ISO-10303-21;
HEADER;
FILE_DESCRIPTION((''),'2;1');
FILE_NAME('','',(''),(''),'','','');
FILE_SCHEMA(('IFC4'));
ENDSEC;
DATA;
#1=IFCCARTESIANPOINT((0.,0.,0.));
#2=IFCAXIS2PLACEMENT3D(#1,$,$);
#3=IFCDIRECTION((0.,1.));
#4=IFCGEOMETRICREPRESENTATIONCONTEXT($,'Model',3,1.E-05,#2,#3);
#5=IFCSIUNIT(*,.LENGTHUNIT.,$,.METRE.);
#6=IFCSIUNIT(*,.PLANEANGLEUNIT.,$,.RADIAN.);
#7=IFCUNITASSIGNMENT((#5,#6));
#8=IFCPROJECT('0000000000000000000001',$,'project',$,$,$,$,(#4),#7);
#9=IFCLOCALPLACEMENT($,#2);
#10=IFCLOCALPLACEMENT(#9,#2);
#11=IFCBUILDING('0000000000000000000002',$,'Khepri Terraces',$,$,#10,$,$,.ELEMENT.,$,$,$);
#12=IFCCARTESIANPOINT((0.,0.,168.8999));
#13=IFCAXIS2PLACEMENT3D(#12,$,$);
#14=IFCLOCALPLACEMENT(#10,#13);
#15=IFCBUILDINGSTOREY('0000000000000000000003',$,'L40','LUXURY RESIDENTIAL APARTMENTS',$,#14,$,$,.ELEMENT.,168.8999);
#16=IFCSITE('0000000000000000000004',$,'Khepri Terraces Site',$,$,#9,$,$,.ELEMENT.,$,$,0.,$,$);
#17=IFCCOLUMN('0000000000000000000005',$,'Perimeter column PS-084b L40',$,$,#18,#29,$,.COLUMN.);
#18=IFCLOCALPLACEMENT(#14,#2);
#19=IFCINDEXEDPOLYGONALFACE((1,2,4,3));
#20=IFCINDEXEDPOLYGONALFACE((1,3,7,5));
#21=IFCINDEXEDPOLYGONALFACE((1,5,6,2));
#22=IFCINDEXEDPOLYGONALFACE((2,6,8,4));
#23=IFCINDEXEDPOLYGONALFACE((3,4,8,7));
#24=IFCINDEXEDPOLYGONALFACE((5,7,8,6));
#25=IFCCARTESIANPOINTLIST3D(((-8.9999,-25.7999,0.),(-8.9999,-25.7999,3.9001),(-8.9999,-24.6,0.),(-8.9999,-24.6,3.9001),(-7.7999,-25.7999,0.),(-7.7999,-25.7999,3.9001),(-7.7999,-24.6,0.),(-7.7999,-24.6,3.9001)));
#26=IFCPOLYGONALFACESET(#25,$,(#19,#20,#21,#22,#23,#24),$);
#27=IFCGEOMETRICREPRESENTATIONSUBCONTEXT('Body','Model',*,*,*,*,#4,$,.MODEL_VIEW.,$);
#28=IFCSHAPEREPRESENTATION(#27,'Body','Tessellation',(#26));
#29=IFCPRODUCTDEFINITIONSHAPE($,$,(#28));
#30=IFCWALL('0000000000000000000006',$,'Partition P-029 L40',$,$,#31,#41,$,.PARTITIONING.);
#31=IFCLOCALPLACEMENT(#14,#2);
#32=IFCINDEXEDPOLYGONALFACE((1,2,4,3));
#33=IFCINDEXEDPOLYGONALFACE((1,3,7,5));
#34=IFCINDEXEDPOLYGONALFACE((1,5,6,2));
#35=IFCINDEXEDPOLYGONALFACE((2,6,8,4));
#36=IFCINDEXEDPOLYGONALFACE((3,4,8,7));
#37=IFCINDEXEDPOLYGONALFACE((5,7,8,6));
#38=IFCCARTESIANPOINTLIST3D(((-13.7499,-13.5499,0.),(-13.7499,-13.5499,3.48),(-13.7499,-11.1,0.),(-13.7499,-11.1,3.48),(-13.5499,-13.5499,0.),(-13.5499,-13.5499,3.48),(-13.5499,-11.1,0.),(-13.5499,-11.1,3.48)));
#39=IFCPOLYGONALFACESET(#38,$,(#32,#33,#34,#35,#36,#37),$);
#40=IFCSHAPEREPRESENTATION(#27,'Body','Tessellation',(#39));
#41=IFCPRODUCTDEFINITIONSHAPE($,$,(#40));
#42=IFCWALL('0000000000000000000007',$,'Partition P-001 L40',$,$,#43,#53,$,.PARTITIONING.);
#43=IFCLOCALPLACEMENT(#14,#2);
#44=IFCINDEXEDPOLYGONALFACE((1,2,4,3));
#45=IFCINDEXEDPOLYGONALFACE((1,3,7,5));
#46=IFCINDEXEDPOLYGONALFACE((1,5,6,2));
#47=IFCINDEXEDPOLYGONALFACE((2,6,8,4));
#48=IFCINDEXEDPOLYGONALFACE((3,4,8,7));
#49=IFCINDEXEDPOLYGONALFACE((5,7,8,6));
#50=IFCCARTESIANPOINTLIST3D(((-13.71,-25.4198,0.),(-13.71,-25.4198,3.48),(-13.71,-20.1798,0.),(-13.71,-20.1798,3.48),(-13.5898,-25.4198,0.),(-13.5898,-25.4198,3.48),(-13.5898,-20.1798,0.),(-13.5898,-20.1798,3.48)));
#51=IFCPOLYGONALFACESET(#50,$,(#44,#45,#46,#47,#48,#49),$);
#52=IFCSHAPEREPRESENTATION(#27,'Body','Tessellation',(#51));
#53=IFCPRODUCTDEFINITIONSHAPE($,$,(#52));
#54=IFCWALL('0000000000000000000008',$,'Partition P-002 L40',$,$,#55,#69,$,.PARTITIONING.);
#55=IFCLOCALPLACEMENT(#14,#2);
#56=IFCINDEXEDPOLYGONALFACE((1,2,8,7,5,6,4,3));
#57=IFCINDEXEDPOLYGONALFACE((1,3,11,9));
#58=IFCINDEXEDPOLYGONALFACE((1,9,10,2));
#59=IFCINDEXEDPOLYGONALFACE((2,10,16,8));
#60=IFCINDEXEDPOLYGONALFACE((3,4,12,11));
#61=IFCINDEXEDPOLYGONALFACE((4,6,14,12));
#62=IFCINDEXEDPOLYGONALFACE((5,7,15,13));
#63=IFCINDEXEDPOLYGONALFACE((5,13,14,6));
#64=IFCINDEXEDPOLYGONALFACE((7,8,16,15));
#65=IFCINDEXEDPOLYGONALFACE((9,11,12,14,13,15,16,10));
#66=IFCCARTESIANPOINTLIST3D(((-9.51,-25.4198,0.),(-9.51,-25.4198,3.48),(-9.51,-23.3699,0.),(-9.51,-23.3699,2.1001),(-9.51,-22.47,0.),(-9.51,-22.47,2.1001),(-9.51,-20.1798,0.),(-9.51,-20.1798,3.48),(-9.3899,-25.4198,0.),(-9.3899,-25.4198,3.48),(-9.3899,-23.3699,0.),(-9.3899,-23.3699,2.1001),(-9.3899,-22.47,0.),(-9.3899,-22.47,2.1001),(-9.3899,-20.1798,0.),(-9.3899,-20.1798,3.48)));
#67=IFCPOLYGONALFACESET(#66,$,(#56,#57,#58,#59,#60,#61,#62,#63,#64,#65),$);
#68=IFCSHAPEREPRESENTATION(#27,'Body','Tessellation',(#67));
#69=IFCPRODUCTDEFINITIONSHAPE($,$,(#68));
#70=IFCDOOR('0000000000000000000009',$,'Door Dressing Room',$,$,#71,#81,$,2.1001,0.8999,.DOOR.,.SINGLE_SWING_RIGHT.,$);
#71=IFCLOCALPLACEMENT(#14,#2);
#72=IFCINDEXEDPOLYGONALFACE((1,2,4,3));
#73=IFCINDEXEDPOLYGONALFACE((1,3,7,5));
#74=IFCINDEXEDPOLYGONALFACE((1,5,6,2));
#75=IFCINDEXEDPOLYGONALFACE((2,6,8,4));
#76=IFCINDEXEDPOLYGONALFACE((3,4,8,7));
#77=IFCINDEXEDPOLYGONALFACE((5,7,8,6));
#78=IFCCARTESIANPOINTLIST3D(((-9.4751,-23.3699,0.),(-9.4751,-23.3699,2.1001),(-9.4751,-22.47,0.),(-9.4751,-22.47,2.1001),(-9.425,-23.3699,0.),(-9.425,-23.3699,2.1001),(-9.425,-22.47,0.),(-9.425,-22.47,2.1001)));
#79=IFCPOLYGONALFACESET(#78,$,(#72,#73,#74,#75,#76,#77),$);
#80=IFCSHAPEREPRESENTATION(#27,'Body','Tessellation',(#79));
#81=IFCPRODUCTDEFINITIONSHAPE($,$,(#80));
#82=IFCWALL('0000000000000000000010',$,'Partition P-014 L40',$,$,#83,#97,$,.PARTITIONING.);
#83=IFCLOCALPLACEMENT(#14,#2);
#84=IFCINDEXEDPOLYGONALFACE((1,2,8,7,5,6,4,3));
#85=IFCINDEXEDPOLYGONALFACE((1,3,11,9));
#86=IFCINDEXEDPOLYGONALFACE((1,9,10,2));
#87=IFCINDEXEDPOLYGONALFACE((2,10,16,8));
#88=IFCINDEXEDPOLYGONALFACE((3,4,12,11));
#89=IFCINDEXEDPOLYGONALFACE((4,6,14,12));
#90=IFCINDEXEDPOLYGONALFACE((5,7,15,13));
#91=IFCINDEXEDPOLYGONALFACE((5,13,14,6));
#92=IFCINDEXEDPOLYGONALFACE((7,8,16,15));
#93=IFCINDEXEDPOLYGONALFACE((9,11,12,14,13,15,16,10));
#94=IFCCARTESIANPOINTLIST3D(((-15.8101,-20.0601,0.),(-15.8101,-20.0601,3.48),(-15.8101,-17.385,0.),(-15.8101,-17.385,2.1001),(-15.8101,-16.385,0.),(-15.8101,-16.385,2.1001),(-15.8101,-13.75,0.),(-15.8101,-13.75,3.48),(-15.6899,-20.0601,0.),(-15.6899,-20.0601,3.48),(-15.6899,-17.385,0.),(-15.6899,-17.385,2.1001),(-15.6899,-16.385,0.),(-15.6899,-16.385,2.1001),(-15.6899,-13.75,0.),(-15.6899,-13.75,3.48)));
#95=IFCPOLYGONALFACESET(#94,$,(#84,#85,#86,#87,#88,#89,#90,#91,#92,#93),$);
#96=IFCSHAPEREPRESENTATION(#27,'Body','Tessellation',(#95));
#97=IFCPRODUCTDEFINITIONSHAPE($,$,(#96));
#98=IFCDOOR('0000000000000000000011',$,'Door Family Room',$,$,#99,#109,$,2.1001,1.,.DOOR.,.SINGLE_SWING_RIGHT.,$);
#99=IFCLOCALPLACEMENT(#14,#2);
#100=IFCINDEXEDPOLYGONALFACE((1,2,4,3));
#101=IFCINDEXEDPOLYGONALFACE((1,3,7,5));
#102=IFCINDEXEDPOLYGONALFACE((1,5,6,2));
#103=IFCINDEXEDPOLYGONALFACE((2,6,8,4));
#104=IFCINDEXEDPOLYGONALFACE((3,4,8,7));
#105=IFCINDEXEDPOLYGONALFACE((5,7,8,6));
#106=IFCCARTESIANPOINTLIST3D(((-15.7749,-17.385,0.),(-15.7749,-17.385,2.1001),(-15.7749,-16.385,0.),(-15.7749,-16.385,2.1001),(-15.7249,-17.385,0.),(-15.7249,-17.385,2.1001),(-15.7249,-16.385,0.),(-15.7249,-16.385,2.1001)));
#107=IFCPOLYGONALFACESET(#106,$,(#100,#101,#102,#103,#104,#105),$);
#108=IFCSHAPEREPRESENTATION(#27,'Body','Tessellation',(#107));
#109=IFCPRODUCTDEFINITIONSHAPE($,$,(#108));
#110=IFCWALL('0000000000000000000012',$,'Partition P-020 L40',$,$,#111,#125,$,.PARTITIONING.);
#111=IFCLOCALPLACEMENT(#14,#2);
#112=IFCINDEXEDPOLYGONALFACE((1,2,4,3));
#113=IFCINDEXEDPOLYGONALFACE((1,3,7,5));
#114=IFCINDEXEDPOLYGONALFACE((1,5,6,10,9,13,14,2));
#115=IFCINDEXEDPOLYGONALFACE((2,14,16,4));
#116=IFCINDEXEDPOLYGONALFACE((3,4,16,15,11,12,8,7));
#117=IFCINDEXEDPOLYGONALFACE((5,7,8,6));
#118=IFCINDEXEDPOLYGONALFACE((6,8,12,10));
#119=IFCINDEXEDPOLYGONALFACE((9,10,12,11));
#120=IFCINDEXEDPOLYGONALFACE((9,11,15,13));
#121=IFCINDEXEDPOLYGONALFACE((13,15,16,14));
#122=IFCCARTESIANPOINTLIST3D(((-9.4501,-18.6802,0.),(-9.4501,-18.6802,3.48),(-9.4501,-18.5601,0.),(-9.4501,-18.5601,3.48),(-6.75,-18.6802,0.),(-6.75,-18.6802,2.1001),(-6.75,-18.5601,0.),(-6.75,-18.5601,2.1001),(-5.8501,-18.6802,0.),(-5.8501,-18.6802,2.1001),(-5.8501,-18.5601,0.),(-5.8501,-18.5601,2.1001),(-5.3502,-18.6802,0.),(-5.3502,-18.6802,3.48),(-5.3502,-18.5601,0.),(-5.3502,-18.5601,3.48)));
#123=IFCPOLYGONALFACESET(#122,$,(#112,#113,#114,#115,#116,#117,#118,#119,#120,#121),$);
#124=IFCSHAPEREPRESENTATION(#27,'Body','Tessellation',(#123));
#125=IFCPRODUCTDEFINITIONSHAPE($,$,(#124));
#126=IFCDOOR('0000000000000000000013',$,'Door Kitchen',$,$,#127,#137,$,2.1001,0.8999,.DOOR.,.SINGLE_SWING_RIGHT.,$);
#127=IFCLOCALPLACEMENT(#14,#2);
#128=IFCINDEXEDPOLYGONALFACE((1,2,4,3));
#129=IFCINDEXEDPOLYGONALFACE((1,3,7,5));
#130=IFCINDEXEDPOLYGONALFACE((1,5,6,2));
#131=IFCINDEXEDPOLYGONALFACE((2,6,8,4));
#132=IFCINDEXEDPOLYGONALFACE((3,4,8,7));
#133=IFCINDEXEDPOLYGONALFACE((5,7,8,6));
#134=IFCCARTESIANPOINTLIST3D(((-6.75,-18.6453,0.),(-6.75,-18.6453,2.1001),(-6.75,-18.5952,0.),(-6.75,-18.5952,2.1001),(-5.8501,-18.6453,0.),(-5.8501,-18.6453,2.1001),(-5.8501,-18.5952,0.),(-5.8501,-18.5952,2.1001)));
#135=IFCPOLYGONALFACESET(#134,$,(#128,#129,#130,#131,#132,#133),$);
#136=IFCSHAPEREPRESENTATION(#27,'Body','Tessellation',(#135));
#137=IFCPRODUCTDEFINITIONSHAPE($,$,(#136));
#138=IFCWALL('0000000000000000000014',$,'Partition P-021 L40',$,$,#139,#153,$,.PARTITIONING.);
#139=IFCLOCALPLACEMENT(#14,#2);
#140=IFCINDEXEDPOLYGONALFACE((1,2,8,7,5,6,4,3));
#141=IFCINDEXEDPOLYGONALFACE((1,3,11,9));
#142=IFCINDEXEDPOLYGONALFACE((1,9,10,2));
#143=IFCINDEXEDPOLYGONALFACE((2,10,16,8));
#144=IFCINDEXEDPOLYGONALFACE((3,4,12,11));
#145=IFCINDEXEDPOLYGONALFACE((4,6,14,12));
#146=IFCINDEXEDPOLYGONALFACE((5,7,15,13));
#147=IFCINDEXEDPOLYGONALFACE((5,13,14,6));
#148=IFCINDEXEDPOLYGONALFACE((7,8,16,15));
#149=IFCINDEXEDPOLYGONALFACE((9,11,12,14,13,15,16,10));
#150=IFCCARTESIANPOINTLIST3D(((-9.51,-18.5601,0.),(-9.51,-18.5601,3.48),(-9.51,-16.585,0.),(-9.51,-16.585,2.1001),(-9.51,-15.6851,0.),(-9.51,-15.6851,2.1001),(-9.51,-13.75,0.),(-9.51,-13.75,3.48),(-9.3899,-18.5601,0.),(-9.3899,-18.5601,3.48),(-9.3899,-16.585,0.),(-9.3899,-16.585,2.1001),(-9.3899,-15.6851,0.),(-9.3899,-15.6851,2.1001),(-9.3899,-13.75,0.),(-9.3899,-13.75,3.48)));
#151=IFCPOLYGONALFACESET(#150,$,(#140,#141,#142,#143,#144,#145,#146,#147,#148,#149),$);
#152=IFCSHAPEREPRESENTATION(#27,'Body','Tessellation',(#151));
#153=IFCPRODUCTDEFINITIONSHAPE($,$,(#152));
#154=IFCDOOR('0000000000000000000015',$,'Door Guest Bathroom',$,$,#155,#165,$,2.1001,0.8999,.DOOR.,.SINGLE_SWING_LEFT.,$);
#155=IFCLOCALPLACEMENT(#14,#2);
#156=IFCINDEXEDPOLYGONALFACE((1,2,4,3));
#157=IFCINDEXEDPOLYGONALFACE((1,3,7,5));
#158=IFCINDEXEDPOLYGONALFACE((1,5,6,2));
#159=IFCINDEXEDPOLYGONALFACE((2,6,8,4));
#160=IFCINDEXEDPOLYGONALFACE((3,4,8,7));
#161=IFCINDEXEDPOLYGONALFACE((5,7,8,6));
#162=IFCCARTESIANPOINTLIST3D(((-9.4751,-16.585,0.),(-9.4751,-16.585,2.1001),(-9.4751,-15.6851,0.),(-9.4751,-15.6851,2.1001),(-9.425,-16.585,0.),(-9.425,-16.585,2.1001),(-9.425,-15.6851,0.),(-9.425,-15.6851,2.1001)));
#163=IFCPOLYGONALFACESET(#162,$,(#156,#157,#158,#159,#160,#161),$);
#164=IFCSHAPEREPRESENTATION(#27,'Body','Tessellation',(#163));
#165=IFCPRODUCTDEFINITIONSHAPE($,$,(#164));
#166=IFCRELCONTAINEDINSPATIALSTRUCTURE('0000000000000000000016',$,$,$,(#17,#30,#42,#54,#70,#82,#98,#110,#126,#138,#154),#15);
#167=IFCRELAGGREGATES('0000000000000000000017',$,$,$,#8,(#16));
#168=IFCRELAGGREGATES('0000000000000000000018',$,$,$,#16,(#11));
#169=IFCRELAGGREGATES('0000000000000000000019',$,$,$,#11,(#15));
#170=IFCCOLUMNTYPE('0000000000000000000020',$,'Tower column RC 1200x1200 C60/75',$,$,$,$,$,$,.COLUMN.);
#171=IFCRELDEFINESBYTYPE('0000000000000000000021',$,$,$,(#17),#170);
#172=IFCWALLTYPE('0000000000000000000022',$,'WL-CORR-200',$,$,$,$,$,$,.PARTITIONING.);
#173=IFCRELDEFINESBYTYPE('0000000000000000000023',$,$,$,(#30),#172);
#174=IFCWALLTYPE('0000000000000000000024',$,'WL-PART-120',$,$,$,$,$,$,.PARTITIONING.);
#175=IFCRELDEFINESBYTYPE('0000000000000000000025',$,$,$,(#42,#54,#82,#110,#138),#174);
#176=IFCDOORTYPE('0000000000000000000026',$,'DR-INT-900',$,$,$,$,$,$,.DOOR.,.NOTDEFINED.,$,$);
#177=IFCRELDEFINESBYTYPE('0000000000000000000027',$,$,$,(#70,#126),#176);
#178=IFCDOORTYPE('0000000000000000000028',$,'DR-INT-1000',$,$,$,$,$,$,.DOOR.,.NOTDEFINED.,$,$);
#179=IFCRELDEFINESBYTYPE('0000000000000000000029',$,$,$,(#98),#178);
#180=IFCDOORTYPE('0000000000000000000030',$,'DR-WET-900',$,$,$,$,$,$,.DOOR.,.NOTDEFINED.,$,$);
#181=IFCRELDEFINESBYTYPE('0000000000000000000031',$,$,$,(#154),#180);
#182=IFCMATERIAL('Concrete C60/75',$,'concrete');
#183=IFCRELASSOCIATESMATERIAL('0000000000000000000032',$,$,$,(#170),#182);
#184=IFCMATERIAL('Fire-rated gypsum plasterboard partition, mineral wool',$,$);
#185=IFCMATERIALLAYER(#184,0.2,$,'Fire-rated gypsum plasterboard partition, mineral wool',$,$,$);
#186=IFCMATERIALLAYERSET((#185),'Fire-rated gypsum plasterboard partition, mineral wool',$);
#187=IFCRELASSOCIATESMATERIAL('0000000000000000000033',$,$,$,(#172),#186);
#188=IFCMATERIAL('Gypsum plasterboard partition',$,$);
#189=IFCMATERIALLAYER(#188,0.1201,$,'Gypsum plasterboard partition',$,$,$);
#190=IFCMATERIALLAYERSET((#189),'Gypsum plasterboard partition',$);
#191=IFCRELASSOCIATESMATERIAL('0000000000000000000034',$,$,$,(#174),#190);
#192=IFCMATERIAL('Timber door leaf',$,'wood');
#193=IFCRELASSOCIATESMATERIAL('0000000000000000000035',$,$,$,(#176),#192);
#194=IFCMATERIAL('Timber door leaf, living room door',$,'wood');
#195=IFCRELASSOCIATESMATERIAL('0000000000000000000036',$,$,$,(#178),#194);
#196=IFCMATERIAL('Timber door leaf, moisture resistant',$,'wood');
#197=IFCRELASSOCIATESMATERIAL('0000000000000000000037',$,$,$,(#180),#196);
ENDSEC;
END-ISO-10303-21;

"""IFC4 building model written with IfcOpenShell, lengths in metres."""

from ifc_helpers import new_model, si_unit, direction, frame, frame_2d, origin, origin_2d, place, context, subcontext, project, spatial, rectangle, extrude, material, layer, layer_set, material_profile, profile_set, type_object, element, fill, save


model = new_model("IFC4")

# Units and contexts
model_context = context("Model", 3, precision=1e-05, world=origin(), true_north=direction((0.0, 1.0)))
body_context = subcontext(model_context, "Body", "Model", "MODEL_VIEW")
ifc_project = project(units=[si_unit("LENGTHUNIT", "METRE"), si_unit("PLANEANGLEUNIT", "RADIAN")], contexts=[model_context])

# Site, building, storey
site_placement = place(None, origin())
site = spatial("IfcSite", under=ifc_project, at=site_placement, Name="Khepri Terraces Site", CompositionType="ELEMENT", RefElevation=0.0)
building_placement = place(site_placement, origin())
building = spatial("IfcBuilding", under=site, at=building_placement, Name="Khepri Terraces", CompositionType="ELEMENT")
storey_placement = place(building_placement, frame((0.0, 0.0, 168.8999)))
storey = spatial("IfcBuildingStorey", under=building, at=storey_placement, Name="L40", Description="LUXURY RESIDENTIAL APARTMENTS", CompositionType="ELEMENT", Elevation=168.8999)

# Column
ifc_material_1 = material(Name="Concrete C60/75", Category="concrete")
ifc_material_profile = material_profile(ifc_material_1, rectangle(XDim=1.2, YDim=1.2, at=origin_2d()), Name="Concrete C60/75", Category="concrete")
ifc_profile_set = profile_set([ifc_material_profile], Name="Concrete C60/75")
column_type = type_object("IfcColumnType", Name="Tower column RC 1200x1200 C60/75", PredefinedType="COLUMN", material=ifc_profile_set)
column_placement = place(storey_placement, frame((-8.3999, -25.2, 0.0), z_axis=(0.0, 0.0, 1.0), x_axis=(1.0, 0.0, 0.0)))
element("IfcColumn", 1, at=column_placement, inside=storey, type_object=column_type, Name="Perimeter column PS-084b L40", PredefinedType="COLUMN", context=body_context, shape_type="SweptSolid", body=[
    extrude(rectangle(XDim=1.2, YDim=1.2, at=origin_2d()), origin(), (0.0, 0.0, 1.0), 3.9001),
])

# Wall
ifc_material_2 = material(Name="Fire-rated gypsum plasterboard partition, mineral wool")
ifc_layer_1 = layer(ifc_material_2, 0.2, Name="Fire-rated gypsum plasterboard partition, mineral wool")
ifc_layer_set_1 = layer_set([ifc_layer_1], Name="Fire-rated gypsum plasterboard partition, mineral wool")
wall_type_1 = type_object("IfcWallType", Name="WL-CORR-200", PredefinedType="PARTITIONING", material=ifc_layer_set_1)
wall_1_placement = place(storey_placement, frame((-13.6499, -13.55, 0.0), z_axis=(0.0, 0.0, 1.0), x_axis=(0.0, 1.0, 0.0)))
element("IfcWall", 2, at=wall_1_placement, inside=storey, type_object=wall_type_1, Name="Partition P-029 L40", PredefinedType="PARTITIONING", context=body_context, shape_type="SweptSolid", body=[
    extrude(rectangle(XDim=2.45, YDim=0.2, at=frame_2d((1.2251, 0.0))), origin(), (0.0, 0.0, 1.0), 3.48),
])

# Wall
ifc_material_3 = material(Name="Gypsum plasterboard partition")
ifc_layer_2 = layer(ifc_material_3, 0.1201, Name="Gypsum plasterboard partition")
ifc_layer_set_2 = layer_set([ifc_layer_2], Name="Gypsum plasterboard partition")
wall_type_2 = type_object("IfcWallType", Name="WL-PART-120", PredefinedType="PARTITIONING", material=ifc_layer_set_2)
wall_2_placement = place(storey_placement, frame((-13.6499, -25.4199, 0.0), z_axis=(0.0, 0.0, 1.0), x_axis=(0.0, 1.0, 0.0)))
element("IfcWall", 3, at=wall_2_placement, inside=storey, type_object=wall_type_2, Name="Partition P-001 L40", PredefinedType="PARTITIONING", context=body_context, shape_type="SweptSolid", body=[
    extrude(rectangle(XDim=5.24, YDim=0.1201, at=frame_2d((2.6201, 0.0))), origin(), (0.0, 0.0, 1.0), 3.48),
])

# Walls, openings, doors
wall_3_placement = place(storey_placement, frame((-9.45, -25.4199, 0.0), z_axis=(0.0, 0.0, 1.0), x_axis=(0.0, 1.0, 0.0)))
wall_3 = element("IfcWall", 4, at=wall_3_placement, inside=storey, type_object=wall_type_2, Name="Partition P-002 L40", PredefinedType="PARTITIONING", context=body_context, shape_type="SweptSolid", body=[
    extrude(rectangle(XDim=5.24, YDim=0.1201, at=frame_2d((2.6201, 0.0))), origin(), (0.0, 0.0, 1.0), 3.48),
])
opening_1_placement = place(wall_3_placement, frame((2.05, 0.0, 0.0)))
opening_1 = element("IfcOpeningElement", 5, at=opening_1_placement, cuts=wall_3, PredefinedType="OPENING", context=body_context, shape_type="SweptSolid", body=[
    extrude(rectangle(XDim=0.8999, YDim=2.1001, at=frame_2d((0.45, 1.05))), frame((0.0, 0.0701, 0.0), z_axis=(0.0, -1.0, 0.0), x_axis=(1.0, 0.0, 0.0)), (0.0, 0.0, 1.0), 0.1401),
])
ifc_material_4 = material(Name="Timber door leaf", Category="wood")
door_type_1 = type_object("IfcDoorType", Name="DR-INT-900", OperationType="NOTDEFINED", PredefinedType="DOOR", material=ifc_material_4)
door_1_placement = place(opening_1_placement, frame((0.8999, 0.0, 0.0), z_axis=(0.0, 0.0, 1.0), x_axis=(-1.0, 0.0, 0.0)))
door_1 = element("IfcDoor", 6, at=door_1_placement, inside=storey, type_object=door_type_1, Name="Door Dressing Room", OperationType="SINGLE_SWING_RIGHT", OverallHeight=2.1001, OverallWidth=0.8999, PredefinedType="DOOR", context=body_context, shape_type="SweptSolid", body=[
    extrude(rectangle(XDim=0.8999, YDim=2.1001, at=frame_2d((0.45, 1.05))), frame((0.0, 0.0249, 0.0), z_axis=(0.0, -1.0, 0.0), x_axis=(1.0, 0.0, 0.0)), (0.0, 0.0, 1.0), 0.05),
])
fill(opening_1, door_1)
wall_4_placement = place(storey_placement, frame((-15.75, -20.0601, 0.0), z_axis=(0.0, 0.0, 1.0), x_axis=(0.0, 1.0, 0.0)))
wall_4 = element("IfcWall", 7, at=wall_4_placement, inside=storey, type_object=wall_type_2, Name="Partition P-014 L40", PredefinedType="PARTITIONING", context=body_context, shape_type="SweptSolid", body=[
    extrude(rectangle(XDim=6.3101, YDim=0.1201, at=frame_2d((3.155, 0.0))), origin(), (0.0, 0.0, 1.0), 3.48),
])
opening_2_placement = place(wall_4_placement, frame((2.675, 0.0, 0.0)))
opening_2 = element("IfcOpeningElement", 8, at=opening_2_placement, cuts=wall_4, PredefinedType="OPENING", context=body_context, shape_type="SweptSolid", body=[
    extrude(rectangle(XDim=1.0, YDim=2.1001, at=frame_2d((0.5, 1.05))), frame((0.0, 0.0701, 0.0), z_axis=(0.0, -1.0, 0.0), x_axis=(1.0, 0.0, 0.0)), (0.0, 0.0, 1.0), 0.1401),
])
ifc_material_5 = material(Name="Timber door leaf, living room door", Category="wood")
door_type_2 = type_object("IfcDoorType", Name="DR-INT-1000", OperationType="NOTDEFINED", PredefinedType="DOOR", material=ifc_material_5)
door_2_placement = place(opening_2_placement, origin())
door_2 = element("IfcDoor", 9, at=door_2_placement, inside=storey, type_object=door_type_2, Name="Door Family Room", OperationType="SINGLE_SWING_RIGHT", OverallHeight=2.1001, OverallWidth=1.0, PredefinedType="DOOR", context=body_context, shape_type="SweptSolid", body=[
    extrude(rectangle(XDim=1.0, YDim=2.1001, at=frame_2d((0.5, 1.05))), frame((0.0, 0.0249, 0.0), z_axis=(0.0, -1.0, 0.0), x_axis=(1.0, 0.0, 0.0)), (0.0, 0.0, 1.0), 0.05),
])
fill(opening_2, door_2)
wall_5_placement = place(storey_placement, frame((-9.45, -18.6201, 0.0), z_axis=(0.0, 0.0, 1.0), x_axis=(1.0, 0.0, 0.0)))
wall_5 = element("IfcWall", 10, at=wall_5_placement, inside=storey, type_object=wall_type_2, Name="Partition P-020 L40", PredefinedType="PARTITIONING", context=body_context, shape_type="SweptSolid", body=[
    extrude(rectangle(XDim=4.0999, YDim=0.1201, at=frame_2d((2.0498, 0.0))), origin(), (0.0, 0.0, 1.0), 3.48),
])
opening_3_placement = place(wall_5_placement, frame((2.7, 0.0, 0.0)))
opening_3 = element("IfcOpeningElement", 11, at=opening_3_placement, cuts=wall_5, PredefinedType="OPENING", context=body_context, shape_type="SweptSolid", body=[
    extrude(rectangle(XDim=0.8999, YDim=2.1001, at=frame_2d((0.45, 1.05))), frame((0.0, 0.0701, 0.0), z_axis=(0.0, -1.0, 0.0), x_axis=(1.0, 0.0, 0.0)), (0.0, 0.0, 1.0), 0.1401),
])
door_3_placement = place(opening_3_placement, origin())
door_3 = element("IfcDoor", 12, at=door_3_placement, inside=storey, type_object=door_type_1, Name="Door Kitchen", OperationType="SINGLE_SWING_RIGHT", OverallHeight=2.1001, OverallWidth=0.8999, PredefinedType="DOOR", context=body_context, shape_type="SweptSolid", body=[
    extrude(rectangle(XDim=0.8999, YDim=2.1001, at=frame_2d((0.45, 1.05))), frame((0.0, 0.0249, 0.0), z_axis=(0.0, -1.0, 0.0), x_axis=(1.0, 0.0, 0.0)), (0.0, 0.0, 1.0), 0.05),
])
fill(opening_3, door_3)
wall_6_placement = place(storey_placement, frame((-9.45, -18.5601, 0.0), z_axis=(0.0, 0.0, 1.0), x_axis=(0.0, 1.0, 0.0)))
wall_6 = element("IfcWall", 13, at=wall_6_placement, inside=storey, type_object=wall_type_2, Name="Partition P-021 L40", PredefinedType="PARTITIONING", context=body_context, shape_type="SweptSolid", body=[
    extrude(rectangle(XDim=4.8101, YDim=0.1201, at=frame_2d((2.405, 0.0))), origin(), (0.0, 0.0, 1.0), 3.48),
])
opening_4_placement = place(wall_6_placement, frame((1.9751, 0.0, 0.0)))
opening_4 = element("IfcOpeningElement", 14, at=opening_4_placement, cuts=wall_6, PredefinedType="OPENING", context=body_context, shape_type="SweptSolid", body=[
    extrude(rectangle(XDim=0.8999, YDim=2.1001, at=frame_2d((0.45, 1.05))), frame((0.0, 0.0701, 0.0), z_axis=(0.0, -1.0, 0.0), x_axis=(1.0, 0.0, 0.0)), (0.0, 0.0, 1.0), 0.1401),
])
ifc_material_6 = material(Name="Timber door leaf, moisture resistant", Category="wood")
door_type_3 = type_object("IfcDoorType", Name="DR-WET-900", OperationType="NOTDEFINED", PredefinedType="DOOR", material=ifc_material_6)
door_4_placement = place(opening_4_placement, frame((0.8999, 0.0, 0.0), z_axis=(0.0, 0.0, 1.0), x_axis=(-1.0, 0.0, 0.0)))
door_4 = element("IfcDoor", 15, at=door_4_placement, inside=storey, type_object=door_type_3, Name="Door Guest Bathroom", OperationType="SINGLE_SWING_LEFT", OverallHeight=2.1001, OverallWidth=0.8999, PredefinedType="DOOR", context=body_context, shape_type="SweptSolid", body=[
    extrude(rectangle(XDim=0.8999, YDim=2.1001, at=frame_2d((0.45, 1.05))), frame((0.0, 0.0249, 0.0), z_axis=(0.0, -1.0, 0.0), x_axis=(1.0, 0.0, 0.0)), (0.0, 0.0, 1.0), 0.05),
])
fill(opening_4, door_4)

save(model, "model.ifc")
